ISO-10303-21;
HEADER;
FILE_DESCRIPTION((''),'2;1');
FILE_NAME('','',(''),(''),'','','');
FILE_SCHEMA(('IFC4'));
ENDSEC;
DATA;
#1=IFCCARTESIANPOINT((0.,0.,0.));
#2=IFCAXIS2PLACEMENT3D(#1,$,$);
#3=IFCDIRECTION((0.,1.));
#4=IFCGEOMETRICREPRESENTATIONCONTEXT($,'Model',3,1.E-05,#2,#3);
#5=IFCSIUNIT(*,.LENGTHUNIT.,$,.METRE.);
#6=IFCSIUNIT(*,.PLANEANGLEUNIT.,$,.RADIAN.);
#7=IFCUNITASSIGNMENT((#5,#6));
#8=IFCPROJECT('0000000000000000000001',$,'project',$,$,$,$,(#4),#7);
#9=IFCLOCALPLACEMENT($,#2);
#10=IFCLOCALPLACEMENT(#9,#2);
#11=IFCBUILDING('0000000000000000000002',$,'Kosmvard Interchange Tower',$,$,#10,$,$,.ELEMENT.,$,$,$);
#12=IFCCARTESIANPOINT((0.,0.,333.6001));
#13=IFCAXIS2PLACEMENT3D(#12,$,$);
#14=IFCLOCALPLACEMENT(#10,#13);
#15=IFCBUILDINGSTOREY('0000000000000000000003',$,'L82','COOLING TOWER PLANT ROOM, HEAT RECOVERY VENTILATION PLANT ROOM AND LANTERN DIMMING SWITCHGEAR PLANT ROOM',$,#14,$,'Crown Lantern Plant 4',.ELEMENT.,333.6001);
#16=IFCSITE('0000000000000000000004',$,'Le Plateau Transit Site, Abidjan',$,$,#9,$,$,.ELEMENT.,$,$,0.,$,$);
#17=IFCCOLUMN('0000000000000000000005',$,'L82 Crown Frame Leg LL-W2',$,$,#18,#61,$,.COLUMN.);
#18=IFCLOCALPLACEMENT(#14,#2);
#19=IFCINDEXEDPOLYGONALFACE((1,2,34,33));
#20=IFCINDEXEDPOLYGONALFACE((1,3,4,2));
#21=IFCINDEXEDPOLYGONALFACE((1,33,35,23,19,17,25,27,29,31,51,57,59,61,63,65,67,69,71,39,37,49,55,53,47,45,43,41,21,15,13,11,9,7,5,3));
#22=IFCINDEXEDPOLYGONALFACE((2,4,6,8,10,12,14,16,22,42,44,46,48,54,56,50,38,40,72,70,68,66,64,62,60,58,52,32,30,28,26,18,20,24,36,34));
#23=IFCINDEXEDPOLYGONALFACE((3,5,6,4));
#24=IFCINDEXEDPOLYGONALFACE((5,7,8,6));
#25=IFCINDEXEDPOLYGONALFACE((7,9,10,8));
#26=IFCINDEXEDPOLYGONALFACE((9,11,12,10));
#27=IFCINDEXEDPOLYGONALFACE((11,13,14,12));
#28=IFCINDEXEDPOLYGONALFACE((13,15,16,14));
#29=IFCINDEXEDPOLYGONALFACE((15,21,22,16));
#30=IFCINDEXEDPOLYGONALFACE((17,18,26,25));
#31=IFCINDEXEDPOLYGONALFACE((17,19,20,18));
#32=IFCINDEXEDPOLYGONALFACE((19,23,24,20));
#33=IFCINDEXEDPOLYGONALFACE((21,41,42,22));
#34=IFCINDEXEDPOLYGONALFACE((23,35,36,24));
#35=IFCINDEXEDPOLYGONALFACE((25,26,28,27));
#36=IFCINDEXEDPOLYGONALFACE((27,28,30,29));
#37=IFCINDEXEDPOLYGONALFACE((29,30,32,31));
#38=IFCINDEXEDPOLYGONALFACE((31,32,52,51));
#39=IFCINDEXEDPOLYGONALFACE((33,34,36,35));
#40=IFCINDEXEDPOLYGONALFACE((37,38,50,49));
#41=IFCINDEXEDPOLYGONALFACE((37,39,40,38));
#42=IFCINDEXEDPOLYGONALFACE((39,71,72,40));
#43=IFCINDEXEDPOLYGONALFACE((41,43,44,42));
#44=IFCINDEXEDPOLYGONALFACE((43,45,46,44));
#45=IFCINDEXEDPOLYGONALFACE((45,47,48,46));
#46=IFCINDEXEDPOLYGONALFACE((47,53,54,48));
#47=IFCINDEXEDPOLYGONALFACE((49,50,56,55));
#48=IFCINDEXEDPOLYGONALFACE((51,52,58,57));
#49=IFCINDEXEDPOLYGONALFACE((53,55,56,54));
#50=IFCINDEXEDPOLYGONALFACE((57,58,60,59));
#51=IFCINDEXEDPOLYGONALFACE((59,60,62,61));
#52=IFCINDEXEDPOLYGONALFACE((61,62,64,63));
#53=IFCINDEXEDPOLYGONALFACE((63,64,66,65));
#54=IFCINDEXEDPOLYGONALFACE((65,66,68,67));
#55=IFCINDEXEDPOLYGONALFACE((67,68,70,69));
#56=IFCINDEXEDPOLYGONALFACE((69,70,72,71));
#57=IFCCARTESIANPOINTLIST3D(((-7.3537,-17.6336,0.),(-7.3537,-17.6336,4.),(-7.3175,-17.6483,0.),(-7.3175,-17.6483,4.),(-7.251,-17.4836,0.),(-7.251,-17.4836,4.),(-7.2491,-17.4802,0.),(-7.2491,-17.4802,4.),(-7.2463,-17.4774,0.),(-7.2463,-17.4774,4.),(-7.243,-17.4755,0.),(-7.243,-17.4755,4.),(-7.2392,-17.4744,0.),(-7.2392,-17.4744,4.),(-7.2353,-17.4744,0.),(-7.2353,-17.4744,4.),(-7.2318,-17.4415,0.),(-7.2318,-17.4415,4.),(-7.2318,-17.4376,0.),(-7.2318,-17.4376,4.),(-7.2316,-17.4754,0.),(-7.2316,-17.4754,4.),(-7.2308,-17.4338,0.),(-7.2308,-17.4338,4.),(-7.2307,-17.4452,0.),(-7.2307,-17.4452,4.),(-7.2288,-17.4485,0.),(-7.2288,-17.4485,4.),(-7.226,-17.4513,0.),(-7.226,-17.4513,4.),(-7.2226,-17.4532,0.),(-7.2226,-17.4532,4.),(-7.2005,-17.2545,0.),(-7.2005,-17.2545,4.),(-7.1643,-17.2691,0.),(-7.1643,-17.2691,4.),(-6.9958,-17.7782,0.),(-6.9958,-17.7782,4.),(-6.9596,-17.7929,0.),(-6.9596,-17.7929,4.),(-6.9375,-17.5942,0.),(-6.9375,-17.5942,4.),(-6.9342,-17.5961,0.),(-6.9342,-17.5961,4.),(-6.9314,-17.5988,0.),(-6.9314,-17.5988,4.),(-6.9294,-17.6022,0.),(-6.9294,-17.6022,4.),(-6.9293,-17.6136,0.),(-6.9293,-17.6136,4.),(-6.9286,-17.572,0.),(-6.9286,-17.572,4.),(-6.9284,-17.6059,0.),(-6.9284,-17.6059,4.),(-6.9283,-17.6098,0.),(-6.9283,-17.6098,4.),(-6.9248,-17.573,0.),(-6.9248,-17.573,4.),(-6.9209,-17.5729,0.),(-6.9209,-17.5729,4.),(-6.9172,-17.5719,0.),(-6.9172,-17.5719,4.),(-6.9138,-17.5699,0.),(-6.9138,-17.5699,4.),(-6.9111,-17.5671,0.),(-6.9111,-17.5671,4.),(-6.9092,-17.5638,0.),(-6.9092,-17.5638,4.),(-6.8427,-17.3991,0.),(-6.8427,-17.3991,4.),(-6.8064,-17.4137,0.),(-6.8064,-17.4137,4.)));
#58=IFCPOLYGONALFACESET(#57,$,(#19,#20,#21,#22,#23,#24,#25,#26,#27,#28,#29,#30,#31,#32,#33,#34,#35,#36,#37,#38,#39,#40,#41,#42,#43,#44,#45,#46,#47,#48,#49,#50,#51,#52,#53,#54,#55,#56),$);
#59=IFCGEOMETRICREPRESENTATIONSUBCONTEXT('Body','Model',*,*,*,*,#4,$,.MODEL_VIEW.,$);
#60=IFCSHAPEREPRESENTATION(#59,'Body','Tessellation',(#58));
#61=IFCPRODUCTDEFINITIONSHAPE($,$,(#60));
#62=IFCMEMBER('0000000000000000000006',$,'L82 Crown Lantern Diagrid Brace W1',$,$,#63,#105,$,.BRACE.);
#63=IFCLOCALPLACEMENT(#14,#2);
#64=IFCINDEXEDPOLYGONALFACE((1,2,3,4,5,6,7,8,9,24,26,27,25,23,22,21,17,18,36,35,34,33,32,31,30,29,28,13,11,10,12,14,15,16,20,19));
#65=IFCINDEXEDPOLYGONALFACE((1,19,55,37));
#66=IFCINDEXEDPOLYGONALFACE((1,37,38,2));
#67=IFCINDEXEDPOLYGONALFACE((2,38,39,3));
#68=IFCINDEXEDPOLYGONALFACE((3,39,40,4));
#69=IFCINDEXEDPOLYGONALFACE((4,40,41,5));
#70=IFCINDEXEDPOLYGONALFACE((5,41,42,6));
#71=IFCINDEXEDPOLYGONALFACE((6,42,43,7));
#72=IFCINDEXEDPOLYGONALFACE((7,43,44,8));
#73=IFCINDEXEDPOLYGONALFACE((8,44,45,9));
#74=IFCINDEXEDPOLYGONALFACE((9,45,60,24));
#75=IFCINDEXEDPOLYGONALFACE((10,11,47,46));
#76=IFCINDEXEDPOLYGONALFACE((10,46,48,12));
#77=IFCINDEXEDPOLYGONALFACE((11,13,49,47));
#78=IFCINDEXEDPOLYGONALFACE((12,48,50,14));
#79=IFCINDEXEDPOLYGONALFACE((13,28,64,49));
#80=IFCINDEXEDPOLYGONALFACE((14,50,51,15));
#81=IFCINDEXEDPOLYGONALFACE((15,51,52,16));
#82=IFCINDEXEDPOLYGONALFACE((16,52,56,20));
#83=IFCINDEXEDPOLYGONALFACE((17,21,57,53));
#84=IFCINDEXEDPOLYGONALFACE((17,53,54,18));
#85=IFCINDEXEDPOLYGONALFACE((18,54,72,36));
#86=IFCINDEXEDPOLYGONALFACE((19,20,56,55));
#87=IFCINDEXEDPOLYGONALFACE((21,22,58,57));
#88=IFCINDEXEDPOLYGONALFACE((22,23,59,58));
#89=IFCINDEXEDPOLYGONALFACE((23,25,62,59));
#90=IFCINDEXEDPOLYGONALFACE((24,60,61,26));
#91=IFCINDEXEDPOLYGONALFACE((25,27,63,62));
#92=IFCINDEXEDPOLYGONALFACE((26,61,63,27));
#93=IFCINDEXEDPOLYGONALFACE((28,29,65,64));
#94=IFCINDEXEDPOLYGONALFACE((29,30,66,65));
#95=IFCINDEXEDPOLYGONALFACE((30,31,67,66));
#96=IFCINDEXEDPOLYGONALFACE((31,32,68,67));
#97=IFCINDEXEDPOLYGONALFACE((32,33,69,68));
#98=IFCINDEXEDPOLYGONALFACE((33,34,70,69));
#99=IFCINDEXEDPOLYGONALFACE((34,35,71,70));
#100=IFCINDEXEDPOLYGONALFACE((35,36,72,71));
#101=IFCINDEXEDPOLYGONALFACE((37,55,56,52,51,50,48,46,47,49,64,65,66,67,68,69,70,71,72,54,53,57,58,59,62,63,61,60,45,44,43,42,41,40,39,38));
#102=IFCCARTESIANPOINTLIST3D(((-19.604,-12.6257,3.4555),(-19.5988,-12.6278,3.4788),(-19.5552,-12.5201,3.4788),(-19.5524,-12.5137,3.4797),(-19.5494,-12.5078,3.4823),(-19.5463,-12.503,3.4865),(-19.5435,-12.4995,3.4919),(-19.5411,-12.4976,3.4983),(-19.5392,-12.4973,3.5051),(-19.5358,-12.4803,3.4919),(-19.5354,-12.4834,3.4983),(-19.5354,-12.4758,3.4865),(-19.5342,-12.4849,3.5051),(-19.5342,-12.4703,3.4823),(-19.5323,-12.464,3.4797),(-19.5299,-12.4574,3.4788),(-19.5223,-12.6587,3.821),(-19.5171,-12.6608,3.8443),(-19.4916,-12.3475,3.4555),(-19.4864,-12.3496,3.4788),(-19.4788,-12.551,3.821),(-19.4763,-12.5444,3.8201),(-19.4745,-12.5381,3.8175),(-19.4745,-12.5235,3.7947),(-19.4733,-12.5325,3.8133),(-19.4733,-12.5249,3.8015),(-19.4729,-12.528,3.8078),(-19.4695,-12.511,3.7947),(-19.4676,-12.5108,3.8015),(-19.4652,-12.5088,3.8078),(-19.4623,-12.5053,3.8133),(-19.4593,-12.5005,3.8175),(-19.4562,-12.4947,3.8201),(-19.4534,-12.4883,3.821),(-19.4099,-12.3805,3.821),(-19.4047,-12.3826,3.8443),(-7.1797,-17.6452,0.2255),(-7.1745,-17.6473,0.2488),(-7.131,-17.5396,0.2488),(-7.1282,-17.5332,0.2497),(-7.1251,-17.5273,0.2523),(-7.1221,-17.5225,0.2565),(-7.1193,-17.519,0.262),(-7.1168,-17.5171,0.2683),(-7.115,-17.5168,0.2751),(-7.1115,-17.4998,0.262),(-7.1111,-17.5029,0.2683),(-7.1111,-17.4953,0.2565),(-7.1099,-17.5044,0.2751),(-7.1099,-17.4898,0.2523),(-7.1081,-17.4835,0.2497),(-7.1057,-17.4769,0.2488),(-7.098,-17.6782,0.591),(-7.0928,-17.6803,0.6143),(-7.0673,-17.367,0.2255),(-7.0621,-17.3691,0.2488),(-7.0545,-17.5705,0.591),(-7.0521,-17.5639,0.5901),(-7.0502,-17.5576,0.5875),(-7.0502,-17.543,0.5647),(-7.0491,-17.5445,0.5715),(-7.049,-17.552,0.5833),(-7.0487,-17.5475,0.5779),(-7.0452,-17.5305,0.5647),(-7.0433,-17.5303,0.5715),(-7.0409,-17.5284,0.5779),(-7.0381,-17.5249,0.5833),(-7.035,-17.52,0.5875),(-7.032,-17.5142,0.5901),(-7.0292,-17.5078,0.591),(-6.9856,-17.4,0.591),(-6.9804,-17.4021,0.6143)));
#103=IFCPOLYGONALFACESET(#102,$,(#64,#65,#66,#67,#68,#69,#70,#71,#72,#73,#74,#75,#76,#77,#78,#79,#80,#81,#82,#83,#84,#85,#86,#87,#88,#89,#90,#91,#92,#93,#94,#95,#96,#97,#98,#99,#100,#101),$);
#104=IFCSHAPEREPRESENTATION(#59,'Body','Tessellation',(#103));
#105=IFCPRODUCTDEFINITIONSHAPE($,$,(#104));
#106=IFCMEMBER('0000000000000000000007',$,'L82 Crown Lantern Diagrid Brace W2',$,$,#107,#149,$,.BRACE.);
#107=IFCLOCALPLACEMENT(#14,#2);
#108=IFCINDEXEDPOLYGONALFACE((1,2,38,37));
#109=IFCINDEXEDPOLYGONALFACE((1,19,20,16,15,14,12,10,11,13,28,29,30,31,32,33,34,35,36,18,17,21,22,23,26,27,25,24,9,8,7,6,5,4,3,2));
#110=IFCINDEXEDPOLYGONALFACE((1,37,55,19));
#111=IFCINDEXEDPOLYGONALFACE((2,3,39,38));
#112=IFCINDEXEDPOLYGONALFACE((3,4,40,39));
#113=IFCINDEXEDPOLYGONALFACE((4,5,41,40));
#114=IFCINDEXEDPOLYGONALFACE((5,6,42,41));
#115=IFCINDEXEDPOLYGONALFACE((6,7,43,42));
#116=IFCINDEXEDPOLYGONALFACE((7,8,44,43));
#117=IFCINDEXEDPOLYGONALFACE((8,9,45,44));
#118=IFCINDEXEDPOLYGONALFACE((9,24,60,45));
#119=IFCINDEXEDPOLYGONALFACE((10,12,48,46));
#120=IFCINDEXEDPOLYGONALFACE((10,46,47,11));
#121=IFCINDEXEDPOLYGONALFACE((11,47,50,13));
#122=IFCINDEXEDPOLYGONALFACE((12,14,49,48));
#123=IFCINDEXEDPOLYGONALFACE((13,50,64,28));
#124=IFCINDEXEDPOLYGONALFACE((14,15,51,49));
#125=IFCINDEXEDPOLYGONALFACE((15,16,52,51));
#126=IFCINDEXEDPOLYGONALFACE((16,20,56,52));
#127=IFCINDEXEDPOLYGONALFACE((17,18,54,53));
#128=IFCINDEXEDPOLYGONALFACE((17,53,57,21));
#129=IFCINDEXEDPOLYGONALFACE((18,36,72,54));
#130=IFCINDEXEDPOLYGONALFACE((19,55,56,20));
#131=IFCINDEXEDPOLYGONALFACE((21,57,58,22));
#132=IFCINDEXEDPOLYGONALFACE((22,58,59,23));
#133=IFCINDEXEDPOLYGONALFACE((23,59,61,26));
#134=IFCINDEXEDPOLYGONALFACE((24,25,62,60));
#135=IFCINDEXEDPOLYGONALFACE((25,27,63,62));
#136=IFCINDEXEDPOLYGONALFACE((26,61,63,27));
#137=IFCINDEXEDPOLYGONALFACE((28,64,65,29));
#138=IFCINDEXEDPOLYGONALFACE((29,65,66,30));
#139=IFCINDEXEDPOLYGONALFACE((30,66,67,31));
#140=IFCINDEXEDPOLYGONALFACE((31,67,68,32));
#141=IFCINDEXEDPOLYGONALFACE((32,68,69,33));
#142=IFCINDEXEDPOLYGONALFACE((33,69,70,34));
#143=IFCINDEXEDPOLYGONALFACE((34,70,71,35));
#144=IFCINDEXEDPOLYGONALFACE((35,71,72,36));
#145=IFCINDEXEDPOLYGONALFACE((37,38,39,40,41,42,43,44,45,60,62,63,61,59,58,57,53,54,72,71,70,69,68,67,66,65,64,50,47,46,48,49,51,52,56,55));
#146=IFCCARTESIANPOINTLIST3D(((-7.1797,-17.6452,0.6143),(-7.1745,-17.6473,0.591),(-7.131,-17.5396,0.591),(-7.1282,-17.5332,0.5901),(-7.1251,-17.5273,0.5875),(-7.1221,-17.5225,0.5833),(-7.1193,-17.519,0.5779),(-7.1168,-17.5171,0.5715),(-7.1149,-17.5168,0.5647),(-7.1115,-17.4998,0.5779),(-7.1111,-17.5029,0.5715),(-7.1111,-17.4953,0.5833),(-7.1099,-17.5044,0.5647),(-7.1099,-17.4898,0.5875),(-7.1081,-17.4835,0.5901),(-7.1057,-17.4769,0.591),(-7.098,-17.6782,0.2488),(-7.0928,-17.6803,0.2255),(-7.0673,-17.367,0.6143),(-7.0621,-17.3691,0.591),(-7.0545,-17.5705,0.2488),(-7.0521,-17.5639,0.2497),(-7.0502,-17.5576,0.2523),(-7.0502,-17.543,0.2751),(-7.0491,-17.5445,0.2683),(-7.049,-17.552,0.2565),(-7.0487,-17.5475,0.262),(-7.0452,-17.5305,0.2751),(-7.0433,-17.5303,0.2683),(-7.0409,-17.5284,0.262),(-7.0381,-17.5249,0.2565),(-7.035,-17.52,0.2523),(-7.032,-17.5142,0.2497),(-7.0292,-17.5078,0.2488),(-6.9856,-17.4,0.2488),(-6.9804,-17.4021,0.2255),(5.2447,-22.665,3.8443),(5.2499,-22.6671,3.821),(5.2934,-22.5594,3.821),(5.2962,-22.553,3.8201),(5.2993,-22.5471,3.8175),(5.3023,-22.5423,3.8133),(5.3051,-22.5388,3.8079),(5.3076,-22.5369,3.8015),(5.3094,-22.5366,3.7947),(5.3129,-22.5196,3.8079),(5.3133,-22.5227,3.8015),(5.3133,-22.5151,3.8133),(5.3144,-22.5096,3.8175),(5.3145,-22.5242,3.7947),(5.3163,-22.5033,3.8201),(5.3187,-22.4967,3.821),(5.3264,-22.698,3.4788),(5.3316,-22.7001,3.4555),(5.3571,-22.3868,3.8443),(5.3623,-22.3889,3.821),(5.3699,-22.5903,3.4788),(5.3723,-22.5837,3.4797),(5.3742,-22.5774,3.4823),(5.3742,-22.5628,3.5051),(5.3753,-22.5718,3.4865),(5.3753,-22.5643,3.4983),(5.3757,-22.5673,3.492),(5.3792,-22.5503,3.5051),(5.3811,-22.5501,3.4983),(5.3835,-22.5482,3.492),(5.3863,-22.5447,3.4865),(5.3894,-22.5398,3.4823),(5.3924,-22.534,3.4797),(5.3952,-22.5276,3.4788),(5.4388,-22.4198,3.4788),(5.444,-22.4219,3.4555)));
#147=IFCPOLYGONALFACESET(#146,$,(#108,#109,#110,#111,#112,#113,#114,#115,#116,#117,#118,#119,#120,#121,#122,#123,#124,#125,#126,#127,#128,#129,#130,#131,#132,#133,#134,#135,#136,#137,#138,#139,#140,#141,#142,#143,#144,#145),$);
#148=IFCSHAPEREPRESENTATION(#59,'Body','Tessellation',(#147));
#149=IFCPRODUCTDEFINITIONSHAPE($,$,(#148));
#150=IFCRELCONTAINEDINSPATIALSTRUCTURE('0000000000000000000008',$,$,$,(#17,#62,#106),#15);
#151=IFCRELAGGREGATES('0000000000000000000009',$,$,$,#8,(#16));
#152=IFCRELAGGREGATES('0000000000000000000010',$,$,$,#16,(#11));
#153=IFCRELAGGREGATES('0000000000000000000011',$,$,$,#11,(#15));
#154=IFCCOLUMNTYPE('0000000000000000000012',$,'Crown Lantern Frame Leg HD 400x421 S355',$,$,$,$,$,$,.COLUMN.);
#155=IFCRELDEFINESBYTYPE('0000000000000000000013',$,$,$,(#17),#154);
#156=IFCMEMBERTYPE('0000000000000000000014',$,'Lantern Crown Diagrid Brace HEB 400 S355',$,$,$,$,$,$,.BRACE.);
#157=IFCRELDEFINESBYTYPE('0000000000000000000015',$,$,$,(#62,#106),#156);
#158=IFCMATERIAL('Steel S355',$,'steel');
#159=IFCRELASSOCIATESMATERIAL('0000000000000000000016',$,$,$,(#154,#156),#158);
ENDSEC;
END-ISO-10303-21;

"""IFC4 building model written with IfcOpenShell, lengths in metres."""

from ifc_helpers import new_model, si_unit, direction, frame, origin, origin_2d, place, context, subcontext, project, spatial, i_section, extrude, source, transform, mapped, material, material_profile, profile_set, type_object, element, save


model = new_model("IFC4")

# Units and contexts
model_context = context("Model", 3, precision=1e-05, world=origin(), true_north=direction((0.0, 1.0)))
body_context = subcontext(model_context, "Body", "Model", "MODEL_VIEW")
ifc_project = project(units=[si_unit("LENGTHUNIT", "METRE"), si_unit("PLANEANGLEUNIT", "RADIAN")], contexts=[model_context])

# Site, building, storey
site_placement = place(None, origin())
site = spatial("IfcSite", under=ifc_project, at=site_placement, Name="Le Plateau Transit Site, Abidjan", CompositionType="ELEMENT", RefElevation=0.0)
building_placement = place(site_placement, origin())
building = spatial("IfcBuilding", under=site, at=building_placement, Name="Kosmvard Interchange Tower", CompositionType="ELEMENT")
storey_placement = place(building_placement, frame((0.0, 0.0, 333.6001)))
storey = spatial("IfcBuildingStorey", under=building, at=storey_placement, Name="L82", Description="COOLING TOWER PLANT ROOM, HEAT RECOVERY VENTILATION PLANT ROOM AND LANTERN DIMMING SWITCHGEAR PLANT ROOM", LongName="Crown Lantern Plant 4", CompositionType="ELEMENT", Elevation=333.6001)

# Column
ifc_material_1 = material(Name="Steel S355", Category="steel")
ifc_material_profile_1 = material_profile(ifc_material_1, i_section(OverallWidth=0.4089, OverallDepth=0.425, WebThickness=0.0239, FlangeThickness=0.0391, FilletRadius=0.0149, at=origin_2d()), Name="HD 400x421")
ifc_profile_set_1 = profile_set([ifc_material_profile_1], Name="Steel S355")
column_type = type_object("IfcColumnType", Name="Crown Lantern Frame Leg HD 400x421 S355", PredefinedType="COLUMN", material=ifc_profile_set_1)
shared_shape_1 = source(origin(), body_context, "Body", "SweptSolid", [
    extrude(i_section(OverallWidth=0.4089, OverallDepth=0.425, WebThickness=0.0239, FlangeThickness=0.0391, FilletRadius=0.0149, at=origin_2d()), origin(), (0.0, 0.0, 1.0), 4.0),
])
column_placement = place(storey_placement, frame((-7.0801, -17.5237, 0.0), z_axis=(0.0, 0.0, 1.0), x_axis=(0.374607, 0.927184, 0.0)))
element("IfcColumn", 1, at=column_placement, inside=storey, type_object=column_type, Name="L82 Crown Frame Leg LL-W2", PredefinedType="COLUMN", context=body_context, shape_type="MappedRepresentation", body=[
    mapped(shared_shape_1, transform((0.0, 0.0, 0.0), scale=1.0)),
])

# Members
ifc_material_profile_2 = material_profile(ifc_material_1, i_section(OverallWidth=0.3, OverallDepth=0.3999, WebThickness=0.0134, FlangeThickness=0.0239, FilletRadius=0.0271, at=origin_2d()), Name="HEB 400")
ifc_profile_set_2 = profile_set([ifc_material_profile_2], Name="Steel S355")
member_type_1 = type_object("IfcMemberType", Name="Lantern Crown Diagrid Brace HEB 400 S355", PredefinedType="BRACE", material=ifc_profile_set_2)
shared_shape_2 = source(origin(), body_context, "Body", "SweptSolid", [
    extrude(i_section(OverallWidth=0.3, OverallDepth=0.3999, WebThickness=0.0134, FlangeThickness=0.0239, FilletRadius=0.0271, at=origin_2d()), origin(), (0.0, 0.0, 1.0), 13.7837),
])
member_1_placement = place(storey_placement, frame((-7.0801, -17.5237, 0.4199), z_axis=(-0.901373, 0.364163, 0.234332), x_axis=(-0.374593, -0.92719, 0.0)))
element("IfcMember", 2, at=member_1_placement, inside=storey, type_object=member_type_1, Name="L82 Crown Lantern Diagrid Brace W1", PredefinedType="BRACE", context=body_context, shape_type="MappedRepresentation", body=[
    mapped(shared_shape_2, transform((0.0, 0.0, 0.0), scale=1.0)),
])
shared_shape_3 = source(origin(), body_context, "Body", "SweptSolid", [
    extrude(i_section(OverallWidth=0.3, OverallDepth=0.3999, WebThickness=0.0134, FlangeThickness=0.0239, FilletRadius=0.0271, at=origin_2d()), origin(), (0.0, 0.0, 1.0), 13.7839),
])
member_2_placement = place(storey_placement, frame((-7.0801, -17.5237, 0.4199), z_axis=(0.901368, -0.364178, 0.234331), x_axis=(0.374608, 0.927183, 0.0)))
element("IfcMember", 3, at=member_2_placement, inside=storey, type_object=member_type_1, Name="L82 Crown Lantern Diagrid Brace W2", PredefinedType="BRACE", context=body_context, shape_type="MappedRepresentation", body=[
    mapped(shared_shape_3, transform((0.0, 0.0, 0.0), scale=1.0)),
])

save(model, "model.ifc")
